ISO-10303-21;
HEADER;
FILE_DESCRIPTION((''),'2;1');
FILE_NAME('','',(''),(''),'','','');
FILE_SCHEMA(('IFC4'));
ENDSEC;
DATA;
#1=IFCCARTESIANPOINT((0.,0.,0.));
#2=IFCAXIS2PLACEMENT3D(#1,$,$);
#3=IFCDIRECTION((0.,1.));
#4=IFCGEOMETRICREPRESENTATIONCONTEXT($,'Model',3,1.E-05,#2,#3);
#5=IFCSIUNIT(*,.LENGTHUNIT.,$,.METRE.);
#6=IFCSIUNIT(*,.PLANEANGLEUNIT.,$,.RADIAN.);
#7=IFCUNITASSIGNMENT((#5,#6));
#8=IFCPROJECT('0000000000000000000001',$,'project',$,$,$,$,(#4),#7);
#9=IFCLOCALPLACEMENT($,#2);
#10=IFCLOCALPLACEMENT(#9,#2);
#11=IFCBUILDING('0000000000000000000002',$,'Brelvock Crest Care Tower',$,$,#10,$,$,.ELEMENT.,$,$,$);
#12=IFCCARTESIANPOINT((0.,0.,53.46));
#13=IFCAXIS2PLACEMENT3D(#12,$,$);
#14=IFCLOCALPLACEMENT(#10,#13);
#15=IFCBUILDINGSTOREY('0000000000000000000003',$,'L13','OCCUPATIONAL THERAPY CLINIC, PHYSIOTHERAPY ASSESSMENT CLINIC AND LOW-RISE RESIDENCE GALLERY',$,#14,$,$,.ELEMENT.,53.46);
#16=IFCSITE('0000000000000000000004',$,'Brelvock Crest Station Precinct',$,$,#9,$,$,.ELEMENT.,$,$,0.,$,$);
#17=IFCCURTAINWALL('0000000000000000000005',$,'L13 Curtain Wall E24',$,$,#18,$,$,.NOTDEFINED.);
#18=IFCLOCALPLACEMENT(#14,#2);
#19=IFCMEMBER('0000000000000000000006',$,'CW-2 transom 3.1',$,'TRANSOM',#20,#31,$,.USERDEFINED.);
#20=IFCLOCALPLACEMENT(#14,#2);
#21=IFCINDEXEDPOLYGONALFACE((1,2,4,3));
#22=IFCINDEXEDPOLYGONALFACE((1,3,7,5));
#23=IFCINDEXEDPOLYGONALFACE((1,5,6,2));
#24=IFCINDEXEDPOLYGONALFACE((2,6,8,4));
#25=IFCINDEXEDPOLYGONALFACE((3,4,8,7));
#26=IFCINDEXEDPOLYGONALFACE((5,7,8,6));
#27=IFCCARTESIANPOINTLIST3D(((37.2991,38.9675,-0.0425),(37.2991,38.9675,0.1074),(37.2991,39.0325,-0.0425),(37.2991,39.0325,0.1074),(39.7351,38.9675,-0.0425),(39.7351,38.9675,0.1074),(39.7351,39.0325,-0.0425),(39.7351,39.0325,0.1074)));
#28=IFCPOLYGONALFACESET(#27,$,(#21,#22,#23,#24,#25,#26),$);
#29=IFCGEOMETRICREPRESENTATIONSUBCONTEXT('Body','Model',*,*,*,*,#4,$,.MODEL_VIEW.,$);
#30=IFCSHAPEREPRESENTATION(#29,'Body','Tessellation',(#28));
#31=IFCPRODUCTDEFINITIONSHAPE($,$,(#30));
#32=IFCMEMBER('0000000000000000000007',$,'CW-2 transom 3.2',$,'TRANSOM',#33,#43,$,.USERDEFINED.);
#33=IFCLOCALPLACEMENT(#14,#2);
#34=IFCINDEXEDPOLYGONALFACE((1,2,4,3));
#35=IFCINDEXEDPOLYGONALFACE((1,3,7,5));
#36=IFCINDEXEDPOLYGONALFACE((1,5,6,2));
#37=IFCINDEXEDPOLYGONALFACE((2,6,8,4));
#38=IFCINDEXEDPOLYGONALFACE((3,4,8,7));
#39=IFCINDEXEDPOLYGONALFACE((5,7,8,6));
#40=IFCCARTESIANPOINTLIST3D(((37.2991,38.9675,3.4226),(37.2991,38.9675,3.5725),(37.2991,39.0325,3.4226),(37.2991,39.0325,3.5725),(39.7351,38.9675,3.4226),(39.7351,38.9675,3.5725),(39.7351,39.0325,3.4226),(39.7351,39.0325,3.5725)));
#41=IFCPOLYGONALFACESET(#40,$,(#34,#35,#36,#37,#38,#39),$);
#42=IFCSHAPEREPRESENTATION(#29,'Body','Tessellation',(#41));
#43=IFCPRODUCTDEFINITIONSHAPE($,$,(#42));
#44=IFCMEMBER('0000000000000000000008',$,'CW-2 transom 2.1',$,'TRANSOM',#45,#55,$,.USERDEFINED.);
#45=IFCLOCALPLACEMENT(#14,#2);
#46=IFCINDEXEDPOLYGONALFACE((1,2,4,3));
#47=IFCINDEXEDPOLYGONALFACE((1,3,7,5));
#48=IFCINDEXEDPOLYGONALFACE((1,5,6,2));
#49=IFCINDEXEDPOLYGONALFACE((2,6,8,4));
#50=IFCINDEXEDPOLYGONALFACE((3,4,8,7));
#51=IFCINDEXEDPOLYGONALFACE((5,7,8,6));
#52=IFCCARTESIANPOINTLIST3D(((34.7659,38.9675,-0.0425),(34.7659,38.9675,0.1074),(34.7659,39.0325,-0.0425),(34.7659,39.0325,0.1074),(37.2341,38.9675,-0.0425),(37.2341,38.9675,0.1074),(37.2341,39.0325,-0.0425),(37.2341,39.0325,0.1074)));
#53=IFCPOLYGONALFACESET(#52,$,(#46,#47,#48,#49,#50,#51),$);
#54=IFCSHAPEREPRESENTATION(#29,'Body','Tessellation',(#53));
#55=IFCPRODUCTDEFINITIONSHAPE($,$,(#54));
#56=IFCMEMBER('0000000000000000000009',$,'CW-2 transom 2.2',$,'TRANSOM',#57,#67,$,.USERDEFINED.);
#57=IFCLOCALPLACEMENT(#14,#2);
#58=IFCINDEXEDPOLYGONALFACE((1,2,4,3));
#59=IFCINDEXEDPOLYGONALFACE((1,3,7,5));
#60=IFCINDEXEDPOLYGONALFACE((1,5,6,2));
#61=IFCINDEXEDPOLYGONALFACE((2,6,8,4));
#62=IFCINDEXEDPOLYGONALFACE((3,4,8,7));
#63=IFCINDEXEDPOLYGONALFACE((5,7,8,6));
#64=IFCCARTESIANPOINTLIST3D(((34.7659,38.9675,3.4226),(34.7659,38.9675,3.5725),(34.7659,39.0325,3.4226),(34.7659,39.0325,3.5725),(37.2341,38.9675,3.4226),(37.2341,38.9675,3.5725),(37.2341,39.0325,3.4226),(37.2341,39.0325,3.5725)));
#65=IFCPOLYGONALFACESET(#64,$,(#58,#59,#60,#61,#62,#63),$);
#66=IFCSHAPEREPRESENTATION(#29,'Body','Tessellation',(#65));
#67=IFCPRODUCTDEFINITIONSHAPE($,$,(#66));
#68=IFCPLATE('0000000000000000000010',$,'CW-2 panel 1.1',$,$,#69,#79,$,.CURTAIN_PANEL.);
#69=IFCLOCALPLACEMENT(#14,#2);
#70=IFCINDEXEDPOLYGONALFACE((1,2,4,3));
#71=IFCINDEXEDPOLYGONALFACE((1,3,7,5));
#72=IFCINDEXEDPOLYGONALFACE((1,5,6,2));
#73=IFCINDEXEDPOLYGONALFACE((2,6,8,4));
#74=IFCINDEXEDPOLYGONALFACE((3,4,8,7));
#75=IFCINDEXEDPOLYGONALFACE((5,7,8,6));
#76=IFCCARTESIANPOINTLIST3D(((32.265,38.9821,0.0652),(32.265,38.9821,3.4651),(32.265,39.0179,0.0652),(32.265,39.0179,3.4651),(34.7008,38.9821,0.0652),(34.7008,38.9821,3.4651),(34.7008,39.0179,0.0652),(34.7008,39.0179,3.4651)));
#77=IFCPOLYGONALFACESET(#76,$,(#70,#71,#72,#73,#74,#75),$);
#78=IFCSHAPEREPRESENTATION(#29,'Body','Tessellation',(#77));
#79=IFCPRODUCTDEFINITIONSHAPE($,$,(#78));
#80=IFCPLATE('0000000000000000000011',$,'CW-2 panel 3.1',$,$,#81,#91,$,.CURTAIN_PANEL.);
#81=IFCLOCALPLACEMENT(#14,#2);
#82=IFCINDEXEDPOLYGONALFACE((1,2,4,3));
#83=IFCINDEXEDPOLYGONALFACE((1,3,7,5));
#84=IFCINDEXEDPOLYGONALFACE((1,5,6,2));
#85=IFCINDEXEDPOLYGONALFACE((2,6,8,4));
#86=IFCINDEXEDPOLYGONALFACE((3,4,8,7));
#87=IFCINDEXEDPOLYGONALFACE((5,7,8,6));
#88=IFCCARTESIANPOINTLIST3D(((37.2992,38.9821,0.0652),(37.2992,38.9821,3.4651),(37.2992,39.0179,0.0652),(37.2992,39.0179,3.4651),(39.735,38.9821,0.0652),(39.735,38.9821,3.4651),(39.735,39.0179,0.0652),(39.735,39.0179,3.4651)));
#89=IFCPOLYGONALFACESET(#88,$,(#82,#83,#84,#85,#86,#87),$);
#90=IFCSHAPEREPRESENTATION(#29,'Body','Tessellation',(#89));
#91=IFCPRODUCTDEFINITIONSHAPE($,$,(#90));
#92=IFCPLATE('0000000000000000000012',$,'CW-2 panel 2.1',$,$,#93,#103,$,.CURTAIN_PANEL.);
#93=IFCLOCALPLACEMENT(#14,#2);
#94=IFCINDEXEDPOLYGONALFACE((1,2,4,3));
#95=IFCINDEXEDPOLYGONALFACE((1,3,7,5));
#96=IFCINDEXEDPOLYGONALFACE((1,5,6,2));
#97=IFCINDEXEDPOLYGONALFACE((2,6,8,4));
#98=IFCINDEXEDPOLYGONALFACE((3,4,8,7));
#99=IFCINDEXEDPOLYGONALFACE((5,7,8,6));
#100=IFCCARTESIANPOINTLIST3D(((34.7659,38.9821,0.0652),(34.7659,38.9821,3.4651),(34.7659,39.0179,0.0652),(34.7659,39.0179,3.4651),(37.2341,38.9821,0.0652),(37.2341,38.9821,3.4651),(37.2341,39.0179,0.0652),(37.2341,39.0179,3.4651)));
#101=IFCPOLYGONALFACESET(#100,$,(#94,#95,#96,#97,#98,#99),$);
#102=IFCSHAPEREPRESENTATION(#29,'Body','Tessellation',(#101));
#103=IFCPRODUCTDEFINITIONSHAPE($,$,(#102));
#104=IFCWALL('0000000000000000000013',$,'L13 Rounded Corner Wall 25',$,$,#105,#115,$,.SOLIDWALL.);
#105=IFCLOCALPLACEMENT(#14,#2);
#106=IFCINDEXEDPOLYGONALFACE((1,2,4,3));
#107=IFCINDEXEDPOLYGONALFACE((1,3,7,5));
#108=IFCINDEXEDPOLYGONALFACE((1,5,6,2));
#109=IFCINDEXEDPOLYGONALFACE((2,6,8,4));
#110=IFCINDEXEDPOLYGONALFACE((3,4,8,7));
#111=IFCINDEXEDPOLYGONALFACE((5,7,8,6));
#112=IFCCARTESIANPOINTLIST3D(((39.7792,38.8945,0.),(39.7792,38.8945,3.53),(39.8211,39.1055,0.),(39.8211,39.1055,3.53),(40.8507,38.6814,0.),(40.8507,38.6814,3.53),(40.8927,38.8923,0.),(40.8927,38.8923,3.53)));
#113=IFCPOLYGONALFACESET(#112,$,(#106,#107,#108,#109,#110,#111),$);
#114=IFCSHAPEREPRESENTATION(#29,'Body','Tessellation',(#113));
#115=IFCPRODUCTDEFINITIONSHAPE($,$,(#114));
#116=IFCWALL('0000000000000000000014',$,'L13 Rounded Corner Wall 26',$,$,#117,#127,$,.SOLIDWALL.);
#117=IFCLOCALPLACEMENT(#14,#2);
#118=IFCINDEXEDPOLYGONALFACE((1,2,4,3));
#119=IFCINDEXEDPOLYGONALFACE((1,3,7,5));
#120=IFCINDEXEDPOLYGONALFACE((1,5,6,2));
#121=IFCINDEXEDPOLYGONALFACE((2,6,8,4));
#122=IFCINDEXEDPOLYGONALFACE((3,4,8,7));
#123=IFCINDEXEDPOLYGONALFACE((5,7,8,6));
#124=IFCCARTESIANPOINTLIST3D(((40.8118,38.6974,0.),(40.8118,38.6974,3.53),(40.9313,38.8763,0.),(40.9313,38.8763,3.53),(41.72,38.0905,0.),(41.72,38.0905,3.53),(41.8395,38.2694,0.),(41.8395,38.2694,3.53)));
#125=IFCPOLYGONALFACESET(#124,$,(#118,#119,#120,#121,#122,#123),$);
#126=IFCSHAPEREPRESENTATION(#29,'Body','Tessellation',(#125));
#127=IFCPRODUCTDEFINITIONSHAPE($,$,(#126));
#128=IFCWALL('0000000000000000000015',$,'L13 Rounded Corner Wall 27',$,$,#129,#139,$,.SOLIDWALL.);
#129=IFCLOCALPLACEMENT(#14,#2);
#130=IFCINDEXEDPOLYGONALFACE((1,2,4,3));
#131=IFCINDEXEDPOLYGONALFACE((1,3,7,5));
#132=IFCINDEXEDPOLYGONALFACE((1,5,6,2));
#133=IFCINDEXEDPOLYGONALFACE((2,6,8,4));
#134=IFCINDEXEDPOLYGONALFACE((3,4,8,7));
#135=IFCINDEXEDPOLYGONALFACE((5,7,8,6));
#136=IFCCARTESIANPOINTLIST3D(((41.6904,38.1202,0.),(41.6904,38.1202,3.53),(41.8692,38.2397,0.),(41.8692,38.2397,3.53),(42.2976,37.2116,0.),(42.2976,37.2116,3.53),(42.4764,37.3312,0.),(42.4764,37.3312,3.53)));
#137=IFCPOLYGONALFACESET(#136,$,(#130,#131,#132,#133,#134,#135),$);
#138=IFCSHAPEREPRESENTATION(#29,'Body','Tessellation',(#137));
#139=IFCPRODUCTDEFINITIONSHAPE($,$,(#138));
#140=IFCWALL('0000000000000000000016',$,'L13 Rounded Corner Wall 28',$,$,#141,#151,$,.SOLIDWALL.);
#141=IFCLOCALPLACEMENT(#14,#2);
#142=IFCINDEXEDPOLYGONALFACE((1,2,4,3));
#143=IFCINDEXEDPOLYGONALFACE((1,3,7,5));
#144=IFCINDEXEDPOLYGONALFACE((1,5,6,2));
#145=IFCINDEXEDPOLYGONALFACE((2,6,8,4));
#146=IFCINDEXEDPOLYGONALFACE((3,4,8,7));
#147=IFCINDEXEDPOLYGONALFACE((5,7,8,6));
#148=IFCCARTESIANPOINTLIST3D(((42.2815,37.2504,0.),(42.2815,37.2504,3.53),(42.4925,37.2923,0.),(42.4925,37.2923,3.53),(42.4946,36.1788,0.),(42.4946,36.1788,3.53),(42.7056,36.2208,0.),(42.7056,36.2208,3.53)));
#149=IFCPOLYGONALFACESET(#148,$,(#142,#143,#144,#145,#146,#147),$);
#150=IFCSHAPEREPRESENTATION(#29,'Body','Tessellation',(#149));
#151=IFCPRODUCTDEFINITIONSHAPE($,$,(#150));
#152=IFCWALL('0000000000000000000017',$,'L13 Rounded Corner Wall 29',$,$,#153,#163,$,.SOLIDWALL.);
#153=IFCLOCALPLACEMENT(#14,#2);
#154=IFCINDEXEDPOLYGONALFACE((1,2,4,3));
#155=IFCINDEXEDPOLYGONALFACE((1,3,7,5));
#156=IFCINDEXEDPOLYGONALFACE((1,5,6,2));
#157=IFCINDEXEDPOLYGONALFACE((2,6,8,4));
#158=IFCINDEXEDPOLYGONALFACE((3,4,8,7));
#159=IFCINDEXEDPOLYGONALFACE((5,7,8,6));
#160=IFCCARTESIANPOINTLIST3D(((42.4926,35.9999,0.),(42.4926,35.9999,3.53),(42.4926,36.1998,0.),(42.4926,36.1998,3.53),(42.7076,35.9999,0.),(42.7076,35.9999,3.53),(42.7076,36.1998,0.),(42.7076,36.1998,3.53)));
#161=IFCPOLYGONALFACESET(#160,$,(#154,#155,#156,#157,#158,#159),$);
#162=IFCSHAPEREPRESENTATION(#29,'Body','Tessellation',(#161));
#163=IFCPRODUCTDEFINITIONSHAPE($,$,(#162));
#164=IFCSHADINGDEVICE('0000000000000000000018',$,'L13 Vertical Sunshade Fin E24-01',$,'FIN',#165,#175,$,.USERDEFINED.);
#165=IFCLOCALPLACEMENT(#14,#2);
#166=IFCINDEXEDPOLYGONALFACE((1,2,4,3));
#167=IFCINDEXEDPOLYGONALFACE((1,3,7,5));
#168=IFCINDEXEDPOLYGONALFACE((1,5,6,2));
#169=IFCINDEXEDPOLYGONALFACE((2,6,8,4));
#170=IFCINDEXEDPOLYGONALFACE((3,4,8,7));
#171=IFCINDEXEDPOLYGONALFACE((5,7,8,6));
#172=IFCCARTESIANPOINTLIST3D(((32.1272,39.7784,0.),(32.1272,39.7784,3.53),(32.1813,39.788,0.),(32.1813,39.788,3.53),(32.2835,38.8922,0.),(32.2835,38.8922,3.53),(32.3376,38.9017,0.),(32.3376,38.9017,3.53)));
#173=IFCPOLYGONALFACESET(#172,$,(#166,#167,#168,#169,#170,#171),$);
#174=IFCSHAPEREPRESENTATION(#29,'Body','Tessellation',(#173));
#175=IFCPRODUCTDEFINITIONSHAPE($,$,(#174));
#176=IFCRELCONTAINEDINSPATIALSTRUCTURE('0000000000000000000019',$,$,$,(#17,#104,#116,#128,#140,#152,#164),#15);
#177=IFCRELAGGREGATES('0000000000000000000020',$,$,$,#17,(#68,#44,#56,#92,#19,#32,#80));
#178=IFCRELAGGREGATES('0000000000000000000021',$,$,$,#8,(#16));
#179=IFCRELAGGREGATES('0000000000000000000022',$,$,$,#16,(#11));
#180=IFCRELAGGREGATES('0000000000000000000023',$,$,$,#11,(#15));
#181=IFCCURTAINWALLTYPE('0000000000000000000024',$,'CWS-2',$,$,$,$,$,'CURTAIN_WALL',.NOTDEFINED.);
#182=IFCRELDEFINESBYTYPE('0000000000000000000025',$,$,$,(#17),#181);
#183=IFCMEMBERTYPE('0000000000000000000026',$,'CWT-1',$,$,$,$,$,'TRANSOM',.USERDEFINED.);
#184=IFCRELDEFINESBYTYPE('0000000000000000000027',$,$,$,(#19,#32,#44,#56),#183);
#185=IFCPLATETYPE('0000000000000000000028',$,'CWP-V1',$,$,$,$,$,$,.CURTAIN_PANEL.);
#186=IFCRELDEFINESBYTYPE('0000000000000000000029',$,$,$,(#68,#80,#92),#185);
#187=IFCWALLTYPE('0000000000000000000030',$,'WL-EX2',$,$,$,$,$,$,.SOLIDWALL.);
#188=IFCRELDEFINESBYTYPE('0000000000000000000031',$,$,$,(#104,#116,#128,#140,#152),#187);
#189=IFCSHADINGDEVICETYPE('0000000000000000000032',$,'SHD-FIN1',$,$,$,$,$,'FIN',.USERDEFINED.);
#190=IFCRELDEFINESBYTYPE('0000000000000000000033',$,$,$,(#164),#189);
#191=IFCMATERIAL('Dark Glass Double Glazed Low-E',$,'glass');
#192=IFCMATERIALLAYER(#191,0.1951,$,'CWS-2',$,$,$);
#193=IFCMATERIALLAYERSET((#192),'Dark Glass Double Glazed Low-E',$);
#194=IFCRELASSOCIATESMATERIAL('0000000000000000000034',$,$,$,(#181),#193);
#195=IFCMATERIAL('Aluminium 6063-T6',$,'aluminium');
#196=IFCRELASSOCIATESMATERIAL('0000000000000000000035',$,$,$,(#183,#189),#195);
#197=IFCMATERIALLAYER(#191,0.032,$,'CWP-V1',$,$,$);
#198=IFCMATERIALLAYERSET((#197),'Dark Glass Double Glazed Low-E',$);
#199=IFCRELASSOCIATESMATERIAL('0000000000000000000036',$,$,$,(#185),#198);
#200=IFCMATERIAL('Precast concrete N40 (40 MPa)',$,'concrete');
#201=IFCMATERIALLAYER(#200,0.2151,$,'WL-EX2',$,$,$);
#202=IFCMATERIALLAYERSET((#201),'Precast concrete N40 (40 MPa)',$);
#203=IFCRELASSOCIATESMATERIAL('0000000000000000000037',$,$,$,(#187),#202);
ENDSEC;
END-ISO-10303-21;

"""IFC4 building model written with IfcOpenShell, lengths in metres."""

from ifc_helpers import new_model, si_unit, direction, frame, frame_2d, origin, origin_2d, place, context, subcontext, project, spatial, rectangle, extrude, source, transform, mapped, material, layer, layer_set, material_profile, profile_set, type_object, element, aggregate, save


model = new_model("IFC4")

# Units and contexts
model_context = context("Model", 3, precision=1e-05, world=origin(), true_north=direction((0.0, 1.0)))
body_context = subcontext(model_context, "Body", "Model", "MODEL_VIEW")
ifc_project = project(units=[si_unit("LENGTHUNIT", "METRE"), si_unit("PLANEANGLEUNIT", "RADIAN")], contexts=[model_context])

# Site, building, storey
site_placement = place(None, origin())
site = spatial("IfcSite", under=ifc_project, at=site_placement, Name="Brelvock Crest Station Precinct", CompositionType="ELEMENT", RefElevation=0.0)
building_placement = place(site_placement, origin())
building = spatial("IfcBuilding", under=site, at=building_placement, Name="Brelvock Crest Care Tower", CompositionType="ELEMENT")
storey_placement = place(building_placement, frame((0.0, 0.0, 53.46)))
storey = spatial("IfcBuildingStorey", under=building, at=storey_placement, Name="L13", Description="OCCUPATIONAL THERAPY CLINIC, PHYSIOTHERAPY ASSESSMENT CLINIC AND LOW-RISE RESIDENCE GALLERY", CompositionType="ELEMENT", Elevation=53.46)

# Curtain wall
ifc_material_1 = material(Name="Dark Glass Double Glazed Low-E", Category="glass")
ifc_layer_1 = layer(ifc_material_1, 0.1951, Name="CWS-2")
ifc_layer_set_1 = layer_set([ifc_layer_1], Name="Dark Glass Double Glazed Low-E")
curtain_wall_type = type_object("IfcCurtainWallType", Name="CWS-2", ElementType="CURTAIN_WALL", PredefinedType="NOTDEFINED", material=ifc_layer_set_1)
curtain_wall_1_placement = place(storey_placement, origin())
curtain_wall_1 = element("IfcCurtainWall", 1, at=curtain_wall_1_placement, inside=storey, type_object=curtain_wall_type, Name="L13 Curtain Wall E24", PredefinedType="NOTDEFINED")
ifc_material_2 = material(Name="Aluminium 6063-T6", Category="aluminium")

# Members
ifc_material_profile_1 = material_profile(ifc_material_2, rectangle(XDim=0.0649, YDim=0.1499, at=origin_2d()), Name="ALU65x150")
ifc_profile_set_1 = profile_set([ifc_material_profile_1], Name="Aluminium 6063-T6")
member_type_1 = type_object("IfcMemberType", Name="CWT-1", ElementType="TRANSOM", PredefinedType="USERDEFINED", material=ifc_profile_set_1)
shared_shape_1 = source(origin(), body_context, "Body", "SweptSolid", [
    extrude(rectangle(XDim=0.0649, YDim=0.1499, at=origin_2d()), origin(), (0.0, 0.0, 1.0), 2.436),
])
member_1_placement = place(storey_placement, frame((37.2991, 39.0, 0.0325), z_axis=(1.0, 0.0, 0.0), x_axis=(0.0, 1.0, 0.0)))
member_1 = element("IfcMember", 2, at=member_1_placement, type_object=member_type_1, Name="CW-2 transom 3.1", ObjectType="TRANSOM", PredefinedType="USERDEFINED", context=body_context, shape_type="MappedRepresentation", body=[
    mapped(shared_shape_1, transform((0.0, 0.0, 0.0), x_axis=(1.0, 0.0, 0.0), y_axis=(0.0, 1.0, 0.0), z_axis=(0.0, 0.0, 1.0), scale=1.0)),
])
member_2_placement = place(storey_placement, frame((37.2991, 39.0, 3.4976), z_axis=(1.0, 0.0, 0.0), x_axis=(0.0, 1.0, 0.0)))
member_2 = element("IfcMember", 3, at=member_2_placement, type_object=member_type_1, Name="CW-2 transom 3.2", ObjectType="TRANSOM", PredefinedType="USERDEFINED", context=body_context, shape_type="MappedRepresentation", body=[
    mapped(shared_shape_1, transform((0.0, 0.0, 0.0), x_axis=(1.0, 0.0, 0.0), y_axis=(0.0, 1.0, 0.0), z_axis=(0.0, 0.0, 1.0), scale=1.0)),
])
shared_shape_2 = source(origin(), body_context, "Body", "SweptSolid", [
    extrude(rectangle(XDim=0.0649, YDim=0.1499, at=origin_2d()), origin(), (0.0, 0.0, 1.0), 2.4683),
])
member_3_placement = place(storey_placement, frame((34.7659, 39.0, 0.0325), z_axis=(1.0, 0.0, 0.0), x_axis=(0.0, 1.0, 0.0)))
member_3 = element("IfcMember", 4, at=member_3_placement, type_object=member_type_1, Name="CW-2 transom 2.1", ObjectType="TRANSOM", PredefinedType="USERDEFINED", context=body_context, shape_type="MappedRepresentation", body=[
    mapped(shared_shape_2, transform((0.0, 0.0, 0.0), x_axis=(1.0, 0.0, 0.0), y_axis=(0.0, 1.0, 0.0), z_axis=(0.0, 0.0, 1.0), scale=1.0)),
])
member_4_placement = place(storey_placement, frame((34.7659, 39.0, 3.4976), z_axis=(1.0, 0.0, 0.0), x_axis=(0.0, 1.0, 0.0)))
member_4 = element("IfcMember", 5, at=member_4_placement, type_object=member_type_1, Name="CW-2 transom 2.2", ObjectType="TRANSOM", PredefinedType="USERDEFINED", context=body_context, shape_type="MappedRepresentation", body=[
    mapped(shared_shape_2, transform((0.0, 0.0, 0.0), x_axis=(1.0, 0.0, 0.0), y_axis=(0.0, 1.0, 0.0), z_axis=(0.0, 0.0, 1.0), scale=1.0)),
])

# Plates
ifc_layer_2 = layer(ifc_material_1, 0.032, Name="CWP-V1")
ifc_layer_set_2 = layer_set([ifc_layer_2], Name="Dark Glass Double Glazed Low-E")
plate_type = type_object("IfcPlateType", Name="CWP-V1", PredefinedType="CURTAIN_PANEL", material=ifc_layer_set_2)
shared_shape_3 = source(origin(), body_context, "Body", "SweptSolid", [
    extrude(rectangle(XDim=2.4358, YDim=0.0359, at=origin_2d()), origin(), (0.0, 0.0, 1.0), 3.3999),
])
plate_1_placement = place(storey_placement, frame((33.4829, 39.0, 0.0652), z_axis=(0.0, 0.0, 1.0), x_axis=(1.0, 0.0, 0.0)))
plate_1 = element("IfcPlate", 6, at=plate_1_placement, type_object=plate_type, Name="CW-2 panel 1.1", PredefinedType="CURTAIN_PANEL", context=body_context, shape_type="MappedRepresentation", body=[
    mapped(shared_shape_3, transform((0.0, 0.0, 0.0), x_axis=(1.0, 0.0, 0.0), y_axis=(0.0, 1.0, 0.0), z_axis=(0.0, 0.0, 1.0), scale=1.0)),
])
plate_2_placement = place(storey_placement, frame((38.5171, 39.0, 0.0652), z_axis=(0.0, 0.0, 1.0), x_axis=(1.0, 0.0, 0.0)))
plate_2 = element("IfcPlate", 7, at=plate_2_placement, type_object=plate_type, Name="CW-2 panel 3.1", PredefinedType="CURTAIN_PANEL", context=body_context, shape_type="MappedRepresentation", body=[
    mapped(shared_shape_3, transform((0.0, 0.0, 0.0), x_axis=(1.0, 0.0, 0.0), y_axis=(0.0, 1.0, 0.0), z_axis=(0.0, 0.0, 1.0), scale=1.0)),
])
shared_shape_4 = source(origin(), body_context, "Body", "SweptSolid", [
    extrude(rectangle(XDim=2.4683, YDim=0.0359, at=origin_2d()), origin(), (0.0, 0.0, 1.0), 3.3999),
])
plate_3_placement = place(storey_placement, frame((36.0, 39.0, 0.0652), z_axis=(0.0, 0.0, 1.0), x_axis=(1.0, 0.0, 0.0)))
plate_3 = element("IfcPlate", 8, at=plate_3_placement, type_object=plate_type, Name="CW-2 panel 2.1", PredefinedType="CURTAIN_PANEL", context=body_context, shape_type="MappedRepresentation", body=[
    mapped(shared_shape_4, transform((0.0, 0.0, 0.0), x_axis=(1.0, 0.0, 0.0), y_axis=(0.0, 1.0, 0.0), z_axis=(0.0, 0.0, 1.0), scale=1.0)),
])
aggregate(curtain_wall_1, [plate_1, member_3, member_4, plate_3, member_1, member_2, plate_2])

# Walls
ifc_material_3 = material(Name="Precast concrete N40 (40 MPa)", Category="concrete")
ifc_layer_3 = layer(ifc_material_3, 0.2151, Name="WL-EX2")
ifc_layer_set_3 = layer_set([ifc_layer_3], Name="Precast concrete N40 (40 MPa)")
wall_type = type_object("IfcWallType", Name="WL-EX2", PredefinedType="SOLIDWALL", material=ifc_layer_set_3)
wall_1_placement = place(storey_placement, frame((39.8, 39.0, 0.0), z_axis=(0.0, 0.0, 1.0), x_axis=(0.980786, -0.195085, 0.0)))
element("IfcWall", 9, at=wall_1_placement, inside=storey, type_object=wall_type, Name="L13 Rounded Corner Wall 25", PredefinedType="SOLIDWALL", context=body_context, shape_type="SweptSolid", body=[
    extrude(rectangle(XDim=1.0925, YDim=0.2151, at=frame_2d((0.5464, 0.0))), origin(), (0.0, 0.0, 1.0), 3.53),
])
wall_2_placement = place(storey_placement, frame((40.8716, 38.7869, 0.0), z_axis=(0.0, 0.0, 1.0), x_axis=(0.831431, -0.555628, 0.0)))
element("IfcWall", 10, at=wall_2_placement, inside=storey, type_object=wall_type, Name="L13 Rounded Corner Wall 26", PredefinedType="SOLIDWALL", context=body_context, shape_type="SweptSolid", body=[
    extrude(rectangle(XDim=1.0923, YDim=0.2151, at=frame_2d((0.5461, 0.0))), origin(), (0.0, 0.0, 1.0), 3.53),
])
wall_3_placement = place(storey_placement, frame((41.7798, 38.1799, 0.0), z_axis=(0.0, 0.0, 1.0), x_axis=(0.555679, -0.831397, 0.0)))
element("IfcWall", 11, at=wall_3_placement, inside=storey, type_object=wall_type, Name="L13 Rounded Corner Wall 27", PredefinedType="SOLIDWALL", context=body_context, shape_type="SweptSolid", body=[
    extrude(rectangle(XDim=1.0928, YDim=0.2151, at=frame_2d((0.5464, 0.0))), origin(), (0.0, 0.0, 1.0), 3.53),
])
wall_4_placement = place(storey_placement, frame((42.387, 37.2715, 0.0), z_axis=(0.0, 0.0, 1.0), x_axis=(0.195085, -0.980786, 0.0)))
element("IfcWall", 12, at=wall_4_placement, inside=storey, type_object=wall_type, Name="L13 Rounded Corner Wall 28", PredefinedType="SOLIDWALL", context=body_context, shape_type="SweptSolid", body=[
    extrude(rectangle(XDim=1.0925, YDim=0.2151, at=frame_2d((0.5464, 0.0))), origin(), (0.0, 0.0, 1.0), 3.53),
])
wall_5_placement = place(storey_placement, frame((42.6001, 36.2, 0.0), z_axis=(0.0, 0.0, 1.0), x_axis=(0.0, -1.0, 0.0)))
element("IfcWall", 13, at=wall_5_placement, inside=storey, type_object=wall_type, Name="L13 Rounded Corner Wall 29", PredefinedType="SOLIDWALL", context=body_context, shape_type="SweptSolid", body=[
    extrude(rectangle(XDim=0.2, YDim=0.2151, at=frame_2d((0.1001, 0.0))), origin(), (0.0, 0.0, 1.0), 3.53),
])

# Shading device
ifc_material_profile_2 = material_profile(ifc_material_2, rectangle(XDim=0.0549, YDim=0.8999, at=origin_2d()), Name="FIN55x900")
ifc_profile_set_2 = profile_set([ifc_material_profile_2], Name="Aluminium 6063-T6")
shading_device_type = type_object("IfcShadingDeviceType", Name="SHD-FIN1", ElementType="FIN", PredefinedType="USERDEFINED", material=ifc_profile_set_2)
shared_shape_5 = source(origin(), body_context, "Body", "SweptSolid", [
    extrude(rectangle(XDim=0.0549, YDim=0.8999, at=origin_2d()), origin(), (0.0, 0.0, 1.0), 3.53),
])
for number, where, z_axis, x_axis, name in (
    (14, (32.2324, 39.3401, 0.0), (0.0, 0.0, 1.0), (0.984808, 0.173648, 0.0), "L13 Vertical Sunshade Fin E24-01"),
):
    element("IfcShadingDevice", number, at=place(storey_placement, frame(where, z_axis=z_axis, x_axis=x_axis)), inside=storey, type_object=shading_device_type, Name=name, ObjectType="FIN", PredefinedType="USERDEFINED", context=body_context, shape_type="MappedRepresentation", body=[
        mapped(shared_shape_5, transform((0.0, 0.0, 0.0), x_axis=(1.0, 0.0, 0.0), y_axis=(0.0, 1.0, 0.0), z_axis=(0.0, 0.0, 1.0), scale=1.0)),
    ])

save(model, "model.ifc")
